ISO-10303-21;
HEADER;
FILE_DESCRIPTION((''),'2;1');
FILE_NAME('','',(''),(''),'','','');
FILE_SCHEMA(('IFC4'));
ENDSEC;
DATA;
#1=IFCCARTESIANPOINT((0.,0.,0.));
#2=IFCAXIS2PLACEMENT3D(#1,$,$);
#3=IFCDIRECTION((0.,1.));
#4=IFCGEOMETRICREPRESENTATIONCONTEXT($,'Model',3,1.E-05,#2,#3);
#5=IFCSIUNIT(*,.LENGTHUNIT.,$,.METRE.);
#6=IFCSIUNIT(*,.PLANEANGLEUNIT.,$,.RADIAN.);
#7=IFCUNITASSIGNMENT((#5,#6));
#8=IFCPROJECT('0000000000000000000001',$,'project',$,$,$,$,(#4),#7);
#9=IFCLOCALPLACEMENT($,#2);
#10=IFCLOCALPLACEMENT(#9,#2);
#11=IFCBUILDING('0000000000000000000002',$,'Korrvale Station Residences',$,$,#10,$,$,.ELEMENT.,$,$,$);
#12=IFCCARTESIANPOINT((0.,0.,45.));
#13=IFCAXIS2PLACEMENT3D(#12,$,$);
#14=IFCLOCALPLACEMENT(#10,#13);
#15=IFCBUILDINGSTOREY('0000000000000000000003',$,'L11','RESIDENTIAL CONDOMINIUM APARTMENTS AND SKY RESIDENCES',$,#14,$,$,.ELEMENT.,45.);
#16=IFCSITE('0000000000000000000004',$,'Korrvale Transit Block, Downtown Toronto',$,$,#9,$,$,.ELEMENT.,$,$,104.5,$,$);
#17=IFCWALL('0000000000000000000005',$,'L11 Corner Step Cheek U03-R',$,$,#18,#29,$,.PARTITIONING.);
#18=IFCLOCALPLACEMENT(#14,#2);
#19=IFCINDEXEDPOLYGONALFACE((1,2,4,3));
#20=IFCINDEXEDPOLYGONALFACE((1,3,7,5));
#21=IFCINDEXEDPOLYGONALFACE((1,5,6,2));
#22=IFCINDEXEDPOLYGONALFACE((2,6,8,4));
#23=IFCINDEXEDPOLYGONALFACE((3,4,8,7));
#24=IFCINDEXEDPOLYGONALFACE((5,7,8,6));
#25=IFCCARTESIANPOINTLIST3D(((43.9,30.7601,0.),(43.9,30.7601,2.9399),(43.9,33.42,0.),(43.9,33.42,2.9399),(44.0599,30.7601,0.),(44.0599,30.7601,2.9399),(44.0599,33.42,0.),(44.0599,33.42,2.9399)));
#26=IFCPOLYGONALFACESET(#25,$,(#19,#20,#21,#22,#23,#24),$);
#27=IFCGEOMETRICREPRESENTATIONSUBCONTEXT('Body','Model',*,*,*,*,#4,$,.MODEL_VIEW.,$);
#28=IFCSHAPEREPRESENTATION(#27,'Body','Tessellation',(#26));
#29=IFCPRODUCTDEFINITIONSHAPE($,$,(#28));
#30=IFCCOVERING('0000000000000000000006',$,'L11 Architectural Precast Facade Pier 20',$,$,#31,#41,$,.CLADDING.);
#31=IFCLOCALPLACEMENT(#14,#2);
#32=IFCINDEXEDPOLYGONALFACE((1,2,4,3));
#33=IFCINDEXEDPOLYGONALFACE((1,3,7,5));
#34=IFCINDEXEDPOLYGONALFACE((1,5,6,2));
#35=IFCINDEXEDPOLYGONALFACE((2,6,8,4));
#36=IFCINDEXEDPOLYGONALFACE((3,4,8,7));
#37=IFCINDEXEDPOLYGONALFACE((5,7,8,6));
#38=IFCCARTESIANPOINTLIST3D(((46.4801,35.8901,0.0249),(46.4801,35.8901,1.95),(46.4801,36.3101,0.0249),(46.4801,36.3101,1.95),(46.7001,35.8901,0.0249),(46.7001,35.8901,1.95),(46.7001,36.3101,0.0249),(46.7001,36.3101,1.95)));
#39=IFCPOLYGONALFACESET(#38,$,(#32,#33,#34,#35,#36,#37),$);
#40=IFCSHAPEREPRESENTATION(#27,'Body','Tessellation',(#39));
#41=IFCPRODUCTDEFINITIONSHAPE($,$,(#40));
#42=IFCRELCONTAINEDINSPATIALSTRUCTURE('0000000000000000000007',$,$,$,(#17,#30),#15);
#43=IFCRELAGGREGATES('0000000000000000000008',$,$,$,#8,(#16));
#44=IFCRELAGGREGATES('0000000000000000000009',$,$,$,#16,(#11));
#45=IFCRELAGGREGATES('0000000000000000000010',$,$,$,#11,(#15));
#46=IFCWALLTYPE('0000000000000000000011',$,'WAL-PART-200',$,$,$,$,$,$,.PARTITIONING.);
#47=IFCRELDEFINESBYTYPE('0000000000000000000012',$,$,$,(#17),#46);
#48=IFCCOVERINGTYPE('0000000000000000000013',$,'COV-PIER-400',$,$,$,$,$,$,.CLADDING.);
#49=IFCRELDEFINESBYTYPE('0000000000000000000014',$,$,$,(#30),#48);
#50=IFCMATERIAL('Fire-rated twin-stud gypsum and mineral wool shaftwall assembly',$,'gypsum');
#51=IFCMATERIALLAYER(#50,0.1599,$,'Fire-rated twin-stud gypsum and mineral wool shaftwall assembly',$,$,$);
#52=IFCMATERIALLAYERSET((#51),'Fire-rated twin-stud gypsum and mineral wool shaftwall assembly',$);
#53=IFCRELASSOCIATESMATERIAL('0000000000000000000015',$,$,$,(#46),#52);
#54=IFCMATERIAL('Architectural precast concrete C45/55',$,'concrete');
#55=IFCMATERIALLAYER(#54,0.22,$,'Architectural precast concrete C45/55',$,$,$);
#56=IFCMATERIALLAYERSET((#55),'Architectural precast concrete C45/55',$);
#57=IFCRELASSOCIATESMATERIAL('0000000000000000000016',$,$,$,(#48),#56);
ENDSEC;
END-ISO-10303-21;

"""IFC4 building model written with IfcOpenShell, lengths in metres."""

from ifc_helpers import new_model, si_unit, direction, frame, frame_2d, origin, origin_2d, place, context, subcontext, project, spatial, rectangle, extrude, material, layer, layer_set, type_object, element, save


model = new_model("IFC4")

# Units and contexts
model_context = context("Model", 3, precision=1e-05, world=origin(), true_north=direction((0.0, 1.0)))
body_context = subcontext(model_context, "Body", "Model", "MODEL_VIEW")
ifc_project = project(units=[si_unit("LENGTHUNIT", "METRE"), si_unit("PLANEANGLEUNIT", "RADIAN")], contexts=[model_context])

# Site, building, storey
site_placement = place(None, origin())
site = spatial("IfcSite", under=ifc_project, at=site_placement, Name="Korrvale Transit Block, Downtown Toronto", CompositionType="ELEMENT", RefElevation=104.5)
building_placement = place(site_placement, origin())
building = spatial("IfcBuilding", under=site, at=building_placement, Name="Korrvale Station Residences", CompositionType="ELEMENT")
storey_placement = place(building_placement, frame((0.0, 0.0, 45.0)))
storey = spatial("IfcBuildingStorey", under=building, at=storey_placement, Name="L11", Description="RESIDENTIAL CONDOMINIUM APARTMENTS AND SKY RESIDENCES", CompositionType="ELEMENT", Elevation=45.0)

# Wall
ifc_material_1 = material(Name="Fire-rated twin-stud gypsum and mineral wool shaftwall assembly", Category="gypsum")
ifc_layer_1 = layer(ifc_material_1, 0.1599, Name="Fire-rated twin-stud gypsum and mineral wool shaftwall assembly")
ifc_layer_set_1 = layer_set([ifc_layer_1], Name="Fire-rated twin-stud gypsum and mineral wool shaftwall assembly")
wall_type_1 = type_object("IfcWallType", Name="WAL-PART-200", PredefinedType="PARTITIONING", material=ifc_layer_set_1)
wall_1_placement = place(storey_placement, frame((43.98, 30.76, 0.0), z_axis=(0.0, 0.0, 1.0), x_axis=(0.0, 1.0, 0.0)))
element("IfcWall", 1, at=wall_1_placement, inside=storey, type_object=wall_type_1, Name="L11 Corner Step Cheek U03-R", PredefinedType="PARTITIONING", context=body_context, shape_type="SweptSolid", body=[
    extrude(rectangle(XDim=2.6599, YDim=0.1599, at=frame_2d((1.3301, 0.0))), origin(), (0.0, 0.0, 1.0), 2.9399),
])

# Covering
ifc_material_2 = material(Name="Architectural precast concrete C45/55", Category="concrete")
ifc_layer_2 = layer(ifc_material_2, 0.22, Name="Architectural precast concrete C45/55")
ifc_layer_set_2 = layer_set([ifc_layer_2], Name="Architectural precast concrete C45/55")
covering_type = type_object("IfcCoveringType", Name="COV-PIER-400", PredefinedType="CLADDING", material=ifc_layer_set_2)
covering_placement = place(storey_placement, frame((46.5901, 36.1001, 0.0249), z_axis=(0.0, 0.0, 1.0), x_axis=(0.0, 1.0, 0.0)))
element("IfcCovering", 2, at=covering_placement, inside=storey, type_object=covering_type, Name="L11 Architectural Precast Facade Pier 20", PredefinedType="CLADDING", context=body_context, shape_type="SweptSolid", body=[
    extrude(rectangle(XDim=0.4199, YDim=0.22, at=origin_2d()), origin(), (0.0, 0.0, 1.0), 1.925),
])

save(model, "model.ifc")
